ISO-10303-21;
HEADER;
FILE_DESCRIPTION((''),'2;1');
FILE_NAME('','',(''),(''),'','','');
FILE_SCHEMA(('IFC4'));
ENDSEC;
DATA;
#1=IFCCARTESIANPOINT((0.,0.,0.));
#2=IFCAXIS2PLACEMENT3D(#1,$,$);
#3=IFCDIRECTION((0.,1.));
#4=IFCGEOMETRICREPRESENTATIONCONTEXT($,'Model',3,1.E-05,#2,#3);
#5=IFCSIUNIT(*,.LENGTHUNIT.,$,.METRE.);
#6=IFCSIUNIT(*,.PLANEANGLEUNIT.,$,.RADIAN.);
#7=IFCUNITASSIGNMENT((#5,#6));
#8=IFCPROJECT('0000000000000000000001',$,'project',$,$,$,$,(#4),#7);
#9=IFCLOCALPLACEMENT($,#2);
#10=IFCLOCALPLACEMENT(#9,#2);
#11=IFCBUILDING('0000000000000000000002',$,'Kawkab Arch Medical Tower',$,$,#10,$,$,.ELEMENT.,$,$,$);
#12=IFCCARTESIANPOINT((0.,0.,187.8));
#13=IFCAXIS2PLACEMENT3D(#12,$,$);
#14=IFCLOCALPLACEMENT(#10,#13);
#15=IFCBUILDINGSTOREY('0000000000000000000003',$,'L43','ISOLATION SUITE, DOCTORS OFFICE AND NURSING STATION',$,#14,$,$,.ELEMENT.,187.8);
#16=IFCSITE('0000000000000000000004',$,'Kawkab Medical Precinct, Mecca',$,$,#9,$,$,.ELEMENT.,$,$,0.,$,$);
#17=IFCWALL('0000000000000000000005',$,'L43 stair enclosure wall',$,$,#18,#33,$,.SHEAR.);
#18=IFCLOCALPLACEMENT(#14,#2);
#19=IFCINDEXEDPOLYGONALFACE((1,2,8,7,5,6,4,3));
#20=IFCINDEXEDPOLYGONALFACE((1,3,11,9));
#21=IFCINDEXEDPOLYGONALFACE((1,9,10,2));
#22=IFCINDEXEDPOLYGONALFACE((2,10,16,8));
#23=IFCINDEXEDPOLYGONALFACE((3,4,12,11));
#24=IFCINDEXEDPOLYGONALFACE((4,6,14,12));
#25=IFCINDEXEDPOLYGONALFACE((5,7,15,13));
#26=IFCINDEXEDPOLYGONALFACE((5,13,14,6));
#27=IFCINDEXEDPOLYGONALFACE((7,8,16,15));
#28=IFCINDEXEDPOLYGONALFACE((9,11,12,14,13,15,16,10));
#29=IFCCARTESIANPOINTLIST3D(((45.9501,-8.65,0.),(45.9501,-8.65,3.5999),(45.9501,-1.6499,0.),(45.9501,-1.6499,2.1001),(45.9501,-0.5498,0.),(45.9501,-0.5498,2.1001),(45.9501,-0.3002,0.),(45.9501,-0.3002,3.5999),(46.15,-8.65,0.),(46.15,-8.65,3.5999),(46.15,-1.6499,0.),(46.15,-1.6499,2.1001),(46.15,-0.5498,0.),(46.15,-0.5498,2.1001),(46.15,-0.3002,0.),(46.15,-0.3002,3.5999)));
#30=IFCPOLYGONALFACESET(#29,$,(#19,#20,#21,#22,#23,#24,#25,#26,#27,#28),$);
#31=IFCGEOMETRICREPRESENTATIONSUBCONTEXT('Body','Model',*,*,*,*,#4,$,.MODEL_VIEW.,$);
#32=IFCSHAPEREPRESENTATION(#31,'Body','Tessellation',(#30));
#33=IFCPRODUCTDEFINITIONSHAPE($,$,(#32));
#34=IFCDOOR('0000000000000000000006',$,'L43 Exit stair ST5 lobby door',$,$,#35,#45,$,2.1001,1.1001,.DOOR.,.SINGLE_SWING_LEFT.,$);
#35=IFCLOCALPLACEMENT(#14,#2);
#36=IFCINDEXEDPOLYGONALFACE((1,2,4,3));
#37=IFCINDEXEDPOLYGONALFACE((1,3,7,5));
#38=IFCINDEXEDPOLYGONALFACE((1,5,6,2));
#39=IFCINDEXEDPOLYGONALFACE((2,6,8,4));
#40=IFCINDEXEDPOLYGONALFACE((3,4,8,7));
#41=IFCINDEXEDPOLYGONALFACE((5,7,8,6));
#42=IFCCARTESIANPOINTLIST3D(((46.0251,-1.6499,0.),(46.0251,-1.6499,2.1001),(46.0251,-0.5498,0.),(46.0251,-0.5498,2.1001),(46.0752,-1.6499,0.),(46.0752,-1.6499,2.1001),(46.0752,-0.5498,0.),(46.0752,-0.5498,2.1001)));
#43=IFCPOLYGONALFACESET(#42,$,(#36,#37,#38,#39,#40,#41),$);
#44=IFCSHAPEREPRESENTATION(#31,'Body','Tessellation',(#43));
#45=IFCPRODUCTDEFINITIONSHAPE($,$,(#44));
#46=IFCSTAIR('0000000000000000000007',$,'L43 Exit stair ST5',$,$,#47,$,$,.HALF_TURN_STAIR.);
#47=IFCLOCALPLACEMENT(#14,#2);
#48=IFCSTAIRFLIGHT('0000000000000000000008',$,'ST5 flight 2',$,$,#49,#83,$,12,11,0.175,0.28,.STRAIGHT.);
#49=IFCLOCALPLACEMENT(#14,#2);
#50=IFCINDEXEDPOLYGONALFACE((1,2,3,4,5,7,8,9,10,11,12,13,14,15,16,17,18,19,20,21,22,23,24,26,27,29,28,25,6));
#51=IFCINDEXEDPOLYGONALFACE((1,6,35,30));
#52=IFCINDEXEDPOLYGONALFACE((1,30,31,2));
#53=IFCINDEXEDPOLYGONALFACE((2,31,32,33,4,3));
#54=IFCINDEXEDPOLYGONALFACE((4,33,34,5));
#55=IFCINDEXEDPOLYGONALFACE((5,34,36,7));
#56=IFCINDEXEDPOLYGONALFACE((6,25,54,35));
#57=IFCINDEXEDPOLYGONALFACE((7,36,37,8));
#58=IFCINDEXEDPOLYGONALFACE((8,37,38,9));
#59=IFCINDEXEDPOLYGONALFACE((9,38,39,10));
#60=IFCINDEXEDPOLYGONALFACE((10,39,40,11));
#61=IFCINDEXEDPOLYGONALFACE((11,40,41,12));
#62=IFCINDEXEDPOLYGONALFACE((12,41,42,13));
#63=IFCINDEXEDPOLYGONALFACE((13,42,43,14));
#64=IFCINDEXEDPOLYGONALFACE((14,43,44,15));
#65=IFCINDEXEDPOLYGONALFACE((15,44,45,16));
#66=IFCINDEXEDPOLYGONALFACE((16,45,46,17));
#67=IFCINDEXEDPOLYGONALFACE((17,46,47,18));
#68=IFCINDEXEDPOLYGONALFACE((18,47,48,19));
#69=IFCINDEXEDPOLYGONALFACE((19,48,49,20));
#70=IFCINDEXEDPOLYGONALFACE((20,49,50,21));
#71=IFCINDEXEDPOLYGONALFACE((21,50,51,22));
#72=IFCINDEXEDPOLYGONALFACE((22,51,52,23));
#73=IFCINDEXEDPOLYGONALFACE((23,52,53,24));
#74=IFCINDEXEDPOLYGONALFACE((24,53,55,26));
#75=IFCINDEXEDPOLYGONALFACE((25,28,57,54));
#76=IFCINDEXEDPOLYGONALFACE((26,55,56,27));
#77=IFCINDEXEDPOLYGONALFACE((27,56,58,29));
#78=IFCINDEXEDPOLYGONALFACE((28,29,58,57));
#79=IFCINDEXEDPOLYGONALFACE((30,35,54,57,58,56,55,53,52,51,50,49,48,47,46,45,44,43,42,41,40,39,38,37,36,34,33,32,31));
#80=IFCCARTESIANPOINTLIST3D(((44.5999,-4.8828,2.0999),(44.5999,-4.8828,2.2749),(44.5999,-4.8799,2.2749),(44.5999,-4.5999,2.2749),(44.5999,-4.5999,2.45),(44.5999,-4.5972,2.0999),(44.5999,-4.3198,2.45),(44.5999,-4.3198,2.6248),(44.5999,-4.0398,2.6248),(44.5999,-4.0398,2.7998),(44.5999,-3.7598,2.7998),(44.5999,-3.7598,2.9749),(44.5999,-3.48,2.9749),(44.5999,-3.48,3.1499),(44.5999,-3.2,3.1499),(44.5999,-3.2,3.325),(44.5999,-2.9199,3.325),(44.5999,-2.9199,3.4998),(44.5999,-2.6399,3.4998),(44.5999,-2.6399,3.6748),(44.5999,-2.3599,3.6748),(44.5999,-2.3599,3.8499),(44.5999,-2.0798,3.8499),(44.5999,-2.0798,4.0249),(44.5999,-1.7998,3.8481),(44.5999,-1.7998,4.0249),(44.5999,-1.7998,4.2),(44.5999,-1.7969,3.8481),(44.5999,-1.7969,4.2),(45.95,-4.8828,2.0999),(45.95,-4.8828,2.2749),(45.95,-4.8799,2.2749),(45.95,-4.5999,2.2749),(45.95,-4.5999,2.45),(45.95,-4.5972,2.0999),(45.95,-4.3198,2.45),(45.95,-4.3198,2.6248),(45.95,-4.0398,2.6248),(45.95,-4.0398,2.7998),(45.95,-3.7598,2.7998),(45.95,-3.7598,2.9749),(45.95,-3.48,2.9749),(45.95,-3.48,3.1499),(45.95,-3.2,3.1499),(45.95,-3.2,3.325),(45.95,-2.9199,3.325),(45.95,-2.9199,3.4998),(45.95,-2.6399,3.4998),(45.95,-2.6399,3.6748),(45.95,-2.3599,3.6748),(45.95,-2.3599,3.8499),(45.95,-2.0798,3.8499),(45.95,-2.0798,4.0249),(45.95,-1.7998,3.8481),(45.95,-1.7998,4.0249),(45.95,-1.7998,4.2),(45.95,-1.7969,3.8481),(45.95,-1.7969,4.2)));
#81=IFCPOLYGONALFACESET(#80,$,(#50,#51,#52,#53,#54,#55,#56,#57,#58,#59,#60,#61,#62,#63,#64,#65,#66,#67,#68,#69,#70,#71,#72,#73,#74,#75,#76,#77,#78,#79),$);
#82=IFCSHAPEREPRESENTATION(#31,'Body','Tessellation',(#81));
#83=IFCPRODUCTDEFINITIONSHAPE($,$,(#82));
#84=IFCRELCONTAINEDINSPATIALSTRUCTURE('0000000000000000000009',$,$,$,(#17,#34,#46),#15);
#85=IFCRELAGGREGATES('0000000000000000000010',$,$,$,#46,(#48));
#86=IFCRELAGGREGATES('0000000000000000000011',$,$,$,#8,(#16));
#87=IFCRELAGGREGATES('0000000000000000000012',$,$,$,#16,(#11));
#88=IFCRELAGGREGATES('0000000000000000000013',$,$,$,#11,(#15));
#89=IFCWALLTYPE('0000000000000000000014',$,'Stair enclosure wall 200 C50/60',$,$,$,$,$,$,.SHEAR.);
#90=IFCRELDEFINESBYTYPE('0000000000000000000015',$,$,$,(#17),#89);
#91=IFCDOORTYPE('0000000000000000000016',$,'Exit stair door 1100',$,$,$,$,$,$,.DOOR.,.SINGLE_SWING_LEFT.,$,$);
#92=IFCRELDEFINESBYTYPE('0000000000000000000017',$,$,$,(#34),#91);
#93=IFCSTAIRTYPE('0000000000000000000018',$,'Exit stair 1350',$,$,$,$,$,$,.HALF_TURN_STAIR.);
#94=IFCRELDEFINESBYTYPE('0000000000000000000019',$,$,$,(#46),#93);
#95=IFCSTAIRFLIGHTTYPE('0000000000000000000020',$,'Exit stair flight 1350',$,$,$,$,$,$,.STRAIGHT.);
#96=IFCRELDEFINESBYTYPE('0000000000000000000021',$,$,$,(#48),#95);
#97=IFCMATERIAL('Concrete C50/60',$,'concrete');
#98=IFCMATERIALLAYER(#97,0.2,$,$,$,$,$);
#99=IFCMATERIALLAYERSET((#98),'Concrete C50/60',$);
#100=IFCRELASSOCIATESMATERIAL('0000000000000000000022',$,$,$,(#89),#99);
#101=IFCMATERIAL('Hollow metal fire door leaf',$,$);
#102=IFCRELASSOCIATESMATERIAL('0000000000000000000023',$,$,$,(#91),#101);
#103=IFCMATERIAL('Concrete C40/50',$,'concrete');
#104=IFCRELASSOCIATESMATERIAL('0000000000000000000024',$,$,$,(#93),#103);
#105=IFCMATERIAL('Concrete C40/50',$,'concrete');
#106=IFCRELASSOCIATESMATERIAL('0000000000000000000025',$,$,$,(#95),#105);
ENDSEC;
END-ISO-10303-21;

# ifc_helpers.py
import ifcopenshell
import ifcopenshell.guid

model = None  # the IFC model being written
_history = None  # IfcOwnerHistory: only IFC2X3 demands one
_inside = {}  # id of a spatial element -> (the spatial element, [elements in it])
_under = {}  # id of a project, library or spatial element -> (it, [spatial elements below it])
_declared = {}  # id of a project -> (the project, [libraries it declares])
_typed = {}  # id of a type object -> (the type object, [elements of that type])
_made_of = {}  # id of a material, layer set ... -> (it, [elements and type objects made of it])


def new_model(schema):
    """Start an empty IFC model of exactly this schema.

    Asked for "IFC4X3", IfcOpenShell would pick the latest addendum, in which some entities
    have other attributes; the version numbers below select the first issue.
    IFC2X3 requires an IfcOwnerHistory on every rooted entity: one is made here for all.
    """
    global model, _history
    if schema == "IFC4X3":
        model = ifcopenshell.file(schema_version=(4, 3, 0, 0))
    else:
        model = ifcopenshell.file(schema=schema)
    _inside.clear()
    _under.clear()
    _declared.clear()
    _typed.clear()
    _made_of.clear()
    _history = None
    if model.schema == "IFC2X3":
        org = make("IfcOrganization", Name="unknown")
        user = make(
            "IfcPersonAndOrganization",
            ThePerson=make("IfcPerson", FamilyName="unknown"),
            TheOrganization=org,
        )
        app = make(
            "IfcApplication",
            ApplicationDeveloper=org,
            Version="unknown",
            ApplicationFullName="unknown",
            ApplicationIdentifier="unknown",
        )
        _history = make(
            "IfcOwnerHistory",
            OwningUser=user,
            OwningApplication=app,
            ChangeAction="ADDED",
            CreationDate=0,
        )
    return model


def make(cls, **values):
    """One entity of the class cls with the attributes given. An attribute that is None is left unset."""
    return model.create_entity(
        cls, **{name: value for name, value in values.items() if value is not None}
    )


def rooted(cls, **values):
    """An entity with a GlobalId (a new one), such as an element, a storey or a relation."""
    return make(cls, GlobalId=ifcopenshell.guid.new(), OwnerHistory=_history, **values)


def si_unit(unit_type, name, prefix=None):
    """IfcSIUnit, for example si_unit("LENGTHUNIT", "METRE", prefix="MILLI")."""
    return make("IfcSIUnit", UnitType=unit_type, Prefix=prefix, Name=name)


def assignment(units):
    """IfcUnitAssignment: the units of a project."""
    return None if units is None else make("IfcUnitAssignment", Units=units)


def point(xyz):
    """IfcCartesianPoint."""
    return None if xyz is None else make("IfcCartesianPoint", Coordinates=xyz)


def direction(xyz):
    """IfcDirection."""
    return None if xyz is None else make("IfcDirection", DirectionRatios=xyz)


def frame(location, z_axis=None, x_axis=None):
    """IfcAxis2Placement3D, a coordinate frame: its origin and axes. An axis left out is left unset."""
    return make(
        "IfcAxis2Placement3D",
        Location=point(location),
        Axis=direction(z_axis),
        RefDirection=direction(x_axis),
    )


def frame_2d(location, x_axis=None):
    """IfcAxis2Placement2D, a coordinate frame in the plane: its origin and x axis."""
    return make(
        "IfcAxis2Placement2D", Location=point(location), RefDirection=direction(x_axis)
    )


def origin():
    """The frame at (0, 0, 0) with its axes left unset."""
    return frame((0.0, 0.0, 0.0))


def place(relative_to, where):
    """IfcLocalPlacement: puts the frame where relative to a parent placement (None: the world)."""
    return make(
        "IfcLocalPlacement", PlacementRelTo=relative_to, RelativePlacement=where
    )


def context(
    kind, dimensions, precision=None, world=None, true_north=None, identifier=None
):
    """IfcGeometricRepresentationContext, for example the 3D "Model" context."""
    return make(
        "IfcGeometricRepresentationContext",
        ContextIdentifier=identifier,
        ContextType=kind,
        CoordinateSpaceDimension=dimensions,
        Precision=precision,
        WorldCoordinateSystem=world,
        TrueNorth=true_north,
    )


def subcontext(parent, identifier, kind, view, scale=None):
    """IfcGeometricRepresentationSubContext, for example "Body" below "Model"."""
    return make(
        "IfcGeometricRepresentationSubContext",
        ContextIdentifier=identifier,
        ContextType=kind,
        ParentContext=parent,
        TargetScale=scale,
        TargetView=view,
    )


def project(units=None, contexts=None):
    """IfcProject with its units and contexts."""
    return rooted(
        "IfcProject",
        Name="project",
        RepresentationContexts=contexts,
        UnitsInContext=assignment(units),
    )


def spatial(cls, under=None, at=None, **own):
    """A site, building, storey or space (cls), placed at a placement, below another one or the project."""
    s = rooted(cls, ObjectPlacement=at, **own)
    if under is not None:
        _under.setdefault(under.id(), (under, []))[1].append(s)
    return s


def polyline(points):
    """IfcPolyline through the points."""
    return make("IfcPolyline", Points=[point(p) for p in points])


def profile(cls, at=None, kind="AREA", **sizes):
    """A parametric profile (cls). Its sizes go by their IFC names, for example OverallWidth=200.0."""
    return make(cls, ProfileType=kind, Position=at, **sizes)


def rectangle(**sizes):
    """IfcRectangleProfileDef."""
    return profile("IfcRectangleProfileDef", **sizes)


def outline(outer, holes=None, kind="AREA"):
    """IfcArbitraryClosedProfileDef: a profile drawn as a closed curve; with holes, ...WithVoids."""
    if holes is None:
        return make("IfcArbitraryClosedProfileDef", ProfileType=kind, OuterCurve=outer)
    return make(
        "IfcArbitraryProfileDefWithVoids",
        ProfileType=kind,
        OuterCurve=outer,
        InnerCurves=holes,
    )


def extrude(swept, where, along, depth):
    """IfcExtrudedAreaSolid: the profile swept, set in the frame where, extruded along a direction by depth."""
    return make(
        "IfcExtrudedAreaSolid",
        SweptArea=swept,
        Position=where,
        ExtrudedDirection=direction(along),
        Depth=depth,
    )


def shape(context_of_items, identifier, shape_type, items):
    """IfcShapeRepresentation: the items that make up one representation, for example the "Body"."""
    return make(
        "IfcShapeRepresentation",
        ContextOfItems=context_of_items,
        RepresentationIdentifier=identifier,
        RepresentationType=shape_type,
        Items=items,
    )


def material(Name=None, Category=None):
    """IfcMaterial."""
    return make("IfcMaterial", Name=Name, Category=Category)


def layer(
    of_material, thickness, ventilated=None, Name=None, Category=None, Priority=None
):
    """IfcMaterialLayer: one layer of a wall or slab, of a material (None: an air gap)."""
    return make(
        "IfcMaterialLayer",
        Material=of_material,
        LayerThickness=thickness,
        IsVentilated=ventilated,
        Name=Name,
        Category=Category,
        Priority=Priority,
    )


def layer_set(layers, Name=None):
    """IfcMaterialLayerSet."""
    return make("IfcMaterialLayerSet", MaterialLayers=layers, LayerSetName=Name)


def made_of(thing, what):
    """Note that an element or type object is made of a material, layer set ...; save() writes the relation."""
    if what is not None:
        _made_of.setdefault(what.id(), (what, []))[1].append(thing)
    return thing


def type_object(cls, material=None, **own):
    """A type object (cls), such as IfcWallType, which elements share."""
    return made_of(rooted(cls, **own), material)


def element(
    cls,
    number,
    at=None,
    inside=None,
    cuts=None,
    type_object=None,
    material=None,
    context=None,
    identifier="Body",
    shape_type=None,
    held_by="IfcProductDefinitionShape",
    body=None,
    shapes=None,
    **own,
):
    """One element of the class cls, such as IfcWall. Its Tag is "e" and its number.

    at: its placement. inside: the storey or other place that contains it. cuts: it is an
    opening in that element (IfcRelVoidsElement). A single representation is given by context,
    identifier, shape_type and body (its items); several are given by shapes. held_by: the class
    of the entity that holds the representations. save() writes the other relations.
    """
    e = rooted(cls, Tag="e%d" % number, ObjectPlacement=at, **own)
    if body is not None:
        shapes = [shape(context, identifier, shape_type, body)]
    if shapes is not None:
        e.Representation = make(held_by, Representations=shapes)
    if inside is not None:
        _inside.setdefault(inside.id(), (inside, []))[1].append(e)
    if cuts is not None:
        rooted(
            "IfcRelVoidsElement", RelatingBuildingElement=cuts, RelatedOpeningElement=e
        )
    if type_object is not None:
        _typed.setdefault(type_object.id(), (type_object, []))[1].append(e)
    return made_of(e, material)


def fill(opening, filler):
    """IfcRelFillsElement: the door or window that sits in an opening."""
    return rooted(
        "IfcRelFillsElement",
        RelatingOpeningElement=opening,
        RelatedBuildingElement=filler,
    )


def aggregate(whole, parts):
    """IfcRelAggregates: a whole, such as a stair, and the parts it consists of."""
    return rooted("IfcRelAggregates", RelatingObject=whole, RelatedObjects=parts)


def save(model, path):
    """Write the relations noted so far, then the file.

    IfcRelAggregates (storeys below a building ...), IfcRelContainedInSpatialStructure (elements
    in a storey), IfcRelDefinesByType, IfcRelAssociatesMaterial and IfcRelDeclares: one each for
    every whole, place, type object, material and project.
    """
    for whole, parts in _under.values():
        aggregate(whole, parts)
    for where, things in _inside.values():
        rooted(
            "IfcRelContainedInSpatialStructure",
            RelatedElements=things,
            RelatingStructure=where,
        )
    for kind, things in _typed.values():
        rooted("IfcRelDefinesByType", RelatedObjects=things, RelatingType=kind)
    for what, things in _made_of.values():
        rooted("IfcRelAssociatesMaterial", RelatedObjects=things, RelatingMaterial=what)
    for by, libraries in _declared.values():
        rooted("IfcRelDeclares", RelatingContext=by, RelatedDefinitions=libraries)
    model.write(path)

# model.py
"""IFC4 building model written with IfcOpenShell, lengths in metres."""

from ifc_helpers import new_model, si_unit, direction, frame, frame_2d, origin, place, context, subcontext, project, spatial, polyline, rectangle, outline, extrude, material, layer, layer_set, type_object, element, fill, aggregate, save


model = new_model("IFC4")

# Units and contexts
model_context = context("Model", 3, precision=1e-05, world=origin(), true_north=direction((0.0, 1.0)))
body_context = subcontext(model_context, "Body", "Model", "MODEL_VIEW")
ifc_project = project(units=[si_unit("LENGTHUNIT", "METRE"), si_unit("PLANEANGLEUNIT", "RADIAN")], contexts=[model_context])

# Site, building, storey
site_placement = place(None, origin())
site = spatial("IfcSite", under=ifc_project, at=site_placement, Name="Kawkab Medical Precinct, Mecca", CompositionType="ELEMENT", RefElevation=0.0)
building_placement = place(site_placement, origin())
building = spatial("IfcBuilding", under=site, at=building_placement, Name="Kawkab Arch Medical Tower", CompositionType="ELEMENT")
storey_placement = place(building_placement, frame((0.0, 0.0, 187.8)))
storey = spatial("IfcBuildingStorey", under=building, at=storey_placement, Name="L43", Description="ISOLATION SUITE, DOCTORS OFFICE AND NURSING STATION", CompositionType="ELEMENT", Elevation=187.8)

# Wall, opening, door
ifc_material_1 = material(Name="Concrete C50/60", Category="concrete")
ifc_layer_1 = layer(ifc_material_1, 0.2)
ifc_layer_set_1 = layer_set([ifc_layer_1], Name="Concrete C50/60")
wall_type_1 = type_object("IfcWallType", Name="Stair enclosure wall 200 C50/60", PredefinedType="SHEAR", material=ifc_layer_set_1)
wall_1_placement = place(storey_placement, frame((46.05, -8.6499, 0.0), z_axis=(0.0, 0.0, 1.0), x_axis=(0.0, 1.0, 0.0)))
wall_1 = element("IfcWall", 1, at=wall_1_placement, inside=storey, type_object=wall_type_1, Name="L43 stair enclosure wall", PredefinedType="SHEAR", context=body_context, shape_type="SweptSolid", body=[
    extrude(rectangle(XDim=8.3499, YDim=0.2, at=frame_2d((4.1748, 0.0))), origin(), (0.0, 0.0, 1.0), 3.5999),
])
opening_1_placement = place(wall_1_placement, frame((7.0, 0.0, 0.0)))
opening_1 = element("IfcOpeningElement", 2, at=opening_1_placement, cuts=wall_1, PredefinedType="OPENING", context=body_context, shape_type="SweptSolid", body=[
    extrude(rectangle(XDim=1.1001, YDim=2.1001, at=frame_2d((0.55, 1.05))), frame((0.0, 0.1099, 0.0), z_axis=(0.0, -1.0, 0.0), x_axis=(1.0, 0.0, 0.0)), (0.0, 0.0, 1.0), 0.22),
])
ifc_material_2 = material(Name="Hollow metal fire door leaf")
door_type_1 = type_object("IfcDoorType", Name="Exit stair door 1100", OperationType="SINGLE_SWING_LEFT", PredefinedType="DOOR", material=ifc_material_2)
door_1_placement = place(opening_1_placement, origin())
door_1 = element("IfcDoor", 3, at=door_1_placement, inside=storey, type_object=door_type_1, Name="L43 Exit stair ST5 lobby door", OperationType="SINGLE_SWING_LEFT", OverallHeight=2.1001, OverallWidth=1.1001, PredefinedType="DOOR", context=body_context, shape_type="SweptSolid", body=[
    extrude(rectangle(XDim=1.1001, YDim=2.1001, at=frame_2d((0.55, 1.05))), frame((0.0, 0.0249, 0.0), z_axis=(0.0, -1.0, 0.0), x_axis=(1.0, 0.0, 0.0)), (0.0, 0.0, 1.0), 0.05),
])
fill(opening_1, door_1)

# Stair, stair flight
ifc_material_3 = material(Name="Concrete C40/50", Category="concrete")
stair_type = type_object("IfcStairType", Name="Exit stair 1350", PredefinedType="HALF_TURN_STAIR", material=ifc_material_3)
stair_placement = place(storey_placement, origin())
stair = element("IfcStair", 4, at=stair_placement, inside=storey, type_object=stair_type, Name="L43 Exit stair ST5", PredefinedType="HALF_TURN_STAIR")
ifc_material_4 = material(Name="Concrete C40/50", Category="concrete")
stair_flight_type = type_object("IfcStairFlightType", Name="Exit stair flight 1350", PredefinedType="STRAIGHT", material=ifc_material_4)
stair_flight_placement = place(storey_placement, frame((45.2749, -4.8799, 2.0999), z_axis=(0.0, 0.0, 1.0), x_axis=(0.0, 1.0, 0.0)))
stair_flight = element("IfcStairFlight", 5, at=stair_flight_placement, type_object=stair_flight_type, Name="ST5 flight 2", NumberOfRisers=12, NumberOfTreads=11, PredefinedType="STRAIGHT", RiserHeight=0.175, TreadLength=0.28, context=body_context, shape_type="SweptSolid", body=[
    extrude(outline(polyline([(-0.0029, 0.0), (-0.0029, 0.175), (0.0, 0.175), (0.28, 0.175), (0.28, 0.3501), (0.5601, 0.3501), (0.5601, 0.5249), (0.8401, 0.5249), (0.8401, 0.7), (1.1201, 0.7), (1.1201, 0.875), (1.3999, 0.875), (1.3999, 1.05), (1.6799, 1.05), (1.6799, 1.2251), (1.96, 1.2251), (1.96, 1.3999), (2.24, 1.3999), (2.24, 1.575), (2.52, 1.575), (2.52, 1.75), (2.8, 1.75), (2.8, 1.925), (3.0801, 1.925), (3.0801, 2.1001), (3.083, 2.1001), (3.083, 1.7483), (3.0801, 1.7483), (0.2827, 0.0), (-0.0029, 0.0)])), frame((0.0, 0.675, 0.0), z_axis=(0.0, -1.0, 0.0), x_axis=(1.0, 0.0, 0.0)), (0.0, 0.0, 1.0), 1.3501),
])
aggregate(stair, [stair_flight])

save(model, "model.ifc")
